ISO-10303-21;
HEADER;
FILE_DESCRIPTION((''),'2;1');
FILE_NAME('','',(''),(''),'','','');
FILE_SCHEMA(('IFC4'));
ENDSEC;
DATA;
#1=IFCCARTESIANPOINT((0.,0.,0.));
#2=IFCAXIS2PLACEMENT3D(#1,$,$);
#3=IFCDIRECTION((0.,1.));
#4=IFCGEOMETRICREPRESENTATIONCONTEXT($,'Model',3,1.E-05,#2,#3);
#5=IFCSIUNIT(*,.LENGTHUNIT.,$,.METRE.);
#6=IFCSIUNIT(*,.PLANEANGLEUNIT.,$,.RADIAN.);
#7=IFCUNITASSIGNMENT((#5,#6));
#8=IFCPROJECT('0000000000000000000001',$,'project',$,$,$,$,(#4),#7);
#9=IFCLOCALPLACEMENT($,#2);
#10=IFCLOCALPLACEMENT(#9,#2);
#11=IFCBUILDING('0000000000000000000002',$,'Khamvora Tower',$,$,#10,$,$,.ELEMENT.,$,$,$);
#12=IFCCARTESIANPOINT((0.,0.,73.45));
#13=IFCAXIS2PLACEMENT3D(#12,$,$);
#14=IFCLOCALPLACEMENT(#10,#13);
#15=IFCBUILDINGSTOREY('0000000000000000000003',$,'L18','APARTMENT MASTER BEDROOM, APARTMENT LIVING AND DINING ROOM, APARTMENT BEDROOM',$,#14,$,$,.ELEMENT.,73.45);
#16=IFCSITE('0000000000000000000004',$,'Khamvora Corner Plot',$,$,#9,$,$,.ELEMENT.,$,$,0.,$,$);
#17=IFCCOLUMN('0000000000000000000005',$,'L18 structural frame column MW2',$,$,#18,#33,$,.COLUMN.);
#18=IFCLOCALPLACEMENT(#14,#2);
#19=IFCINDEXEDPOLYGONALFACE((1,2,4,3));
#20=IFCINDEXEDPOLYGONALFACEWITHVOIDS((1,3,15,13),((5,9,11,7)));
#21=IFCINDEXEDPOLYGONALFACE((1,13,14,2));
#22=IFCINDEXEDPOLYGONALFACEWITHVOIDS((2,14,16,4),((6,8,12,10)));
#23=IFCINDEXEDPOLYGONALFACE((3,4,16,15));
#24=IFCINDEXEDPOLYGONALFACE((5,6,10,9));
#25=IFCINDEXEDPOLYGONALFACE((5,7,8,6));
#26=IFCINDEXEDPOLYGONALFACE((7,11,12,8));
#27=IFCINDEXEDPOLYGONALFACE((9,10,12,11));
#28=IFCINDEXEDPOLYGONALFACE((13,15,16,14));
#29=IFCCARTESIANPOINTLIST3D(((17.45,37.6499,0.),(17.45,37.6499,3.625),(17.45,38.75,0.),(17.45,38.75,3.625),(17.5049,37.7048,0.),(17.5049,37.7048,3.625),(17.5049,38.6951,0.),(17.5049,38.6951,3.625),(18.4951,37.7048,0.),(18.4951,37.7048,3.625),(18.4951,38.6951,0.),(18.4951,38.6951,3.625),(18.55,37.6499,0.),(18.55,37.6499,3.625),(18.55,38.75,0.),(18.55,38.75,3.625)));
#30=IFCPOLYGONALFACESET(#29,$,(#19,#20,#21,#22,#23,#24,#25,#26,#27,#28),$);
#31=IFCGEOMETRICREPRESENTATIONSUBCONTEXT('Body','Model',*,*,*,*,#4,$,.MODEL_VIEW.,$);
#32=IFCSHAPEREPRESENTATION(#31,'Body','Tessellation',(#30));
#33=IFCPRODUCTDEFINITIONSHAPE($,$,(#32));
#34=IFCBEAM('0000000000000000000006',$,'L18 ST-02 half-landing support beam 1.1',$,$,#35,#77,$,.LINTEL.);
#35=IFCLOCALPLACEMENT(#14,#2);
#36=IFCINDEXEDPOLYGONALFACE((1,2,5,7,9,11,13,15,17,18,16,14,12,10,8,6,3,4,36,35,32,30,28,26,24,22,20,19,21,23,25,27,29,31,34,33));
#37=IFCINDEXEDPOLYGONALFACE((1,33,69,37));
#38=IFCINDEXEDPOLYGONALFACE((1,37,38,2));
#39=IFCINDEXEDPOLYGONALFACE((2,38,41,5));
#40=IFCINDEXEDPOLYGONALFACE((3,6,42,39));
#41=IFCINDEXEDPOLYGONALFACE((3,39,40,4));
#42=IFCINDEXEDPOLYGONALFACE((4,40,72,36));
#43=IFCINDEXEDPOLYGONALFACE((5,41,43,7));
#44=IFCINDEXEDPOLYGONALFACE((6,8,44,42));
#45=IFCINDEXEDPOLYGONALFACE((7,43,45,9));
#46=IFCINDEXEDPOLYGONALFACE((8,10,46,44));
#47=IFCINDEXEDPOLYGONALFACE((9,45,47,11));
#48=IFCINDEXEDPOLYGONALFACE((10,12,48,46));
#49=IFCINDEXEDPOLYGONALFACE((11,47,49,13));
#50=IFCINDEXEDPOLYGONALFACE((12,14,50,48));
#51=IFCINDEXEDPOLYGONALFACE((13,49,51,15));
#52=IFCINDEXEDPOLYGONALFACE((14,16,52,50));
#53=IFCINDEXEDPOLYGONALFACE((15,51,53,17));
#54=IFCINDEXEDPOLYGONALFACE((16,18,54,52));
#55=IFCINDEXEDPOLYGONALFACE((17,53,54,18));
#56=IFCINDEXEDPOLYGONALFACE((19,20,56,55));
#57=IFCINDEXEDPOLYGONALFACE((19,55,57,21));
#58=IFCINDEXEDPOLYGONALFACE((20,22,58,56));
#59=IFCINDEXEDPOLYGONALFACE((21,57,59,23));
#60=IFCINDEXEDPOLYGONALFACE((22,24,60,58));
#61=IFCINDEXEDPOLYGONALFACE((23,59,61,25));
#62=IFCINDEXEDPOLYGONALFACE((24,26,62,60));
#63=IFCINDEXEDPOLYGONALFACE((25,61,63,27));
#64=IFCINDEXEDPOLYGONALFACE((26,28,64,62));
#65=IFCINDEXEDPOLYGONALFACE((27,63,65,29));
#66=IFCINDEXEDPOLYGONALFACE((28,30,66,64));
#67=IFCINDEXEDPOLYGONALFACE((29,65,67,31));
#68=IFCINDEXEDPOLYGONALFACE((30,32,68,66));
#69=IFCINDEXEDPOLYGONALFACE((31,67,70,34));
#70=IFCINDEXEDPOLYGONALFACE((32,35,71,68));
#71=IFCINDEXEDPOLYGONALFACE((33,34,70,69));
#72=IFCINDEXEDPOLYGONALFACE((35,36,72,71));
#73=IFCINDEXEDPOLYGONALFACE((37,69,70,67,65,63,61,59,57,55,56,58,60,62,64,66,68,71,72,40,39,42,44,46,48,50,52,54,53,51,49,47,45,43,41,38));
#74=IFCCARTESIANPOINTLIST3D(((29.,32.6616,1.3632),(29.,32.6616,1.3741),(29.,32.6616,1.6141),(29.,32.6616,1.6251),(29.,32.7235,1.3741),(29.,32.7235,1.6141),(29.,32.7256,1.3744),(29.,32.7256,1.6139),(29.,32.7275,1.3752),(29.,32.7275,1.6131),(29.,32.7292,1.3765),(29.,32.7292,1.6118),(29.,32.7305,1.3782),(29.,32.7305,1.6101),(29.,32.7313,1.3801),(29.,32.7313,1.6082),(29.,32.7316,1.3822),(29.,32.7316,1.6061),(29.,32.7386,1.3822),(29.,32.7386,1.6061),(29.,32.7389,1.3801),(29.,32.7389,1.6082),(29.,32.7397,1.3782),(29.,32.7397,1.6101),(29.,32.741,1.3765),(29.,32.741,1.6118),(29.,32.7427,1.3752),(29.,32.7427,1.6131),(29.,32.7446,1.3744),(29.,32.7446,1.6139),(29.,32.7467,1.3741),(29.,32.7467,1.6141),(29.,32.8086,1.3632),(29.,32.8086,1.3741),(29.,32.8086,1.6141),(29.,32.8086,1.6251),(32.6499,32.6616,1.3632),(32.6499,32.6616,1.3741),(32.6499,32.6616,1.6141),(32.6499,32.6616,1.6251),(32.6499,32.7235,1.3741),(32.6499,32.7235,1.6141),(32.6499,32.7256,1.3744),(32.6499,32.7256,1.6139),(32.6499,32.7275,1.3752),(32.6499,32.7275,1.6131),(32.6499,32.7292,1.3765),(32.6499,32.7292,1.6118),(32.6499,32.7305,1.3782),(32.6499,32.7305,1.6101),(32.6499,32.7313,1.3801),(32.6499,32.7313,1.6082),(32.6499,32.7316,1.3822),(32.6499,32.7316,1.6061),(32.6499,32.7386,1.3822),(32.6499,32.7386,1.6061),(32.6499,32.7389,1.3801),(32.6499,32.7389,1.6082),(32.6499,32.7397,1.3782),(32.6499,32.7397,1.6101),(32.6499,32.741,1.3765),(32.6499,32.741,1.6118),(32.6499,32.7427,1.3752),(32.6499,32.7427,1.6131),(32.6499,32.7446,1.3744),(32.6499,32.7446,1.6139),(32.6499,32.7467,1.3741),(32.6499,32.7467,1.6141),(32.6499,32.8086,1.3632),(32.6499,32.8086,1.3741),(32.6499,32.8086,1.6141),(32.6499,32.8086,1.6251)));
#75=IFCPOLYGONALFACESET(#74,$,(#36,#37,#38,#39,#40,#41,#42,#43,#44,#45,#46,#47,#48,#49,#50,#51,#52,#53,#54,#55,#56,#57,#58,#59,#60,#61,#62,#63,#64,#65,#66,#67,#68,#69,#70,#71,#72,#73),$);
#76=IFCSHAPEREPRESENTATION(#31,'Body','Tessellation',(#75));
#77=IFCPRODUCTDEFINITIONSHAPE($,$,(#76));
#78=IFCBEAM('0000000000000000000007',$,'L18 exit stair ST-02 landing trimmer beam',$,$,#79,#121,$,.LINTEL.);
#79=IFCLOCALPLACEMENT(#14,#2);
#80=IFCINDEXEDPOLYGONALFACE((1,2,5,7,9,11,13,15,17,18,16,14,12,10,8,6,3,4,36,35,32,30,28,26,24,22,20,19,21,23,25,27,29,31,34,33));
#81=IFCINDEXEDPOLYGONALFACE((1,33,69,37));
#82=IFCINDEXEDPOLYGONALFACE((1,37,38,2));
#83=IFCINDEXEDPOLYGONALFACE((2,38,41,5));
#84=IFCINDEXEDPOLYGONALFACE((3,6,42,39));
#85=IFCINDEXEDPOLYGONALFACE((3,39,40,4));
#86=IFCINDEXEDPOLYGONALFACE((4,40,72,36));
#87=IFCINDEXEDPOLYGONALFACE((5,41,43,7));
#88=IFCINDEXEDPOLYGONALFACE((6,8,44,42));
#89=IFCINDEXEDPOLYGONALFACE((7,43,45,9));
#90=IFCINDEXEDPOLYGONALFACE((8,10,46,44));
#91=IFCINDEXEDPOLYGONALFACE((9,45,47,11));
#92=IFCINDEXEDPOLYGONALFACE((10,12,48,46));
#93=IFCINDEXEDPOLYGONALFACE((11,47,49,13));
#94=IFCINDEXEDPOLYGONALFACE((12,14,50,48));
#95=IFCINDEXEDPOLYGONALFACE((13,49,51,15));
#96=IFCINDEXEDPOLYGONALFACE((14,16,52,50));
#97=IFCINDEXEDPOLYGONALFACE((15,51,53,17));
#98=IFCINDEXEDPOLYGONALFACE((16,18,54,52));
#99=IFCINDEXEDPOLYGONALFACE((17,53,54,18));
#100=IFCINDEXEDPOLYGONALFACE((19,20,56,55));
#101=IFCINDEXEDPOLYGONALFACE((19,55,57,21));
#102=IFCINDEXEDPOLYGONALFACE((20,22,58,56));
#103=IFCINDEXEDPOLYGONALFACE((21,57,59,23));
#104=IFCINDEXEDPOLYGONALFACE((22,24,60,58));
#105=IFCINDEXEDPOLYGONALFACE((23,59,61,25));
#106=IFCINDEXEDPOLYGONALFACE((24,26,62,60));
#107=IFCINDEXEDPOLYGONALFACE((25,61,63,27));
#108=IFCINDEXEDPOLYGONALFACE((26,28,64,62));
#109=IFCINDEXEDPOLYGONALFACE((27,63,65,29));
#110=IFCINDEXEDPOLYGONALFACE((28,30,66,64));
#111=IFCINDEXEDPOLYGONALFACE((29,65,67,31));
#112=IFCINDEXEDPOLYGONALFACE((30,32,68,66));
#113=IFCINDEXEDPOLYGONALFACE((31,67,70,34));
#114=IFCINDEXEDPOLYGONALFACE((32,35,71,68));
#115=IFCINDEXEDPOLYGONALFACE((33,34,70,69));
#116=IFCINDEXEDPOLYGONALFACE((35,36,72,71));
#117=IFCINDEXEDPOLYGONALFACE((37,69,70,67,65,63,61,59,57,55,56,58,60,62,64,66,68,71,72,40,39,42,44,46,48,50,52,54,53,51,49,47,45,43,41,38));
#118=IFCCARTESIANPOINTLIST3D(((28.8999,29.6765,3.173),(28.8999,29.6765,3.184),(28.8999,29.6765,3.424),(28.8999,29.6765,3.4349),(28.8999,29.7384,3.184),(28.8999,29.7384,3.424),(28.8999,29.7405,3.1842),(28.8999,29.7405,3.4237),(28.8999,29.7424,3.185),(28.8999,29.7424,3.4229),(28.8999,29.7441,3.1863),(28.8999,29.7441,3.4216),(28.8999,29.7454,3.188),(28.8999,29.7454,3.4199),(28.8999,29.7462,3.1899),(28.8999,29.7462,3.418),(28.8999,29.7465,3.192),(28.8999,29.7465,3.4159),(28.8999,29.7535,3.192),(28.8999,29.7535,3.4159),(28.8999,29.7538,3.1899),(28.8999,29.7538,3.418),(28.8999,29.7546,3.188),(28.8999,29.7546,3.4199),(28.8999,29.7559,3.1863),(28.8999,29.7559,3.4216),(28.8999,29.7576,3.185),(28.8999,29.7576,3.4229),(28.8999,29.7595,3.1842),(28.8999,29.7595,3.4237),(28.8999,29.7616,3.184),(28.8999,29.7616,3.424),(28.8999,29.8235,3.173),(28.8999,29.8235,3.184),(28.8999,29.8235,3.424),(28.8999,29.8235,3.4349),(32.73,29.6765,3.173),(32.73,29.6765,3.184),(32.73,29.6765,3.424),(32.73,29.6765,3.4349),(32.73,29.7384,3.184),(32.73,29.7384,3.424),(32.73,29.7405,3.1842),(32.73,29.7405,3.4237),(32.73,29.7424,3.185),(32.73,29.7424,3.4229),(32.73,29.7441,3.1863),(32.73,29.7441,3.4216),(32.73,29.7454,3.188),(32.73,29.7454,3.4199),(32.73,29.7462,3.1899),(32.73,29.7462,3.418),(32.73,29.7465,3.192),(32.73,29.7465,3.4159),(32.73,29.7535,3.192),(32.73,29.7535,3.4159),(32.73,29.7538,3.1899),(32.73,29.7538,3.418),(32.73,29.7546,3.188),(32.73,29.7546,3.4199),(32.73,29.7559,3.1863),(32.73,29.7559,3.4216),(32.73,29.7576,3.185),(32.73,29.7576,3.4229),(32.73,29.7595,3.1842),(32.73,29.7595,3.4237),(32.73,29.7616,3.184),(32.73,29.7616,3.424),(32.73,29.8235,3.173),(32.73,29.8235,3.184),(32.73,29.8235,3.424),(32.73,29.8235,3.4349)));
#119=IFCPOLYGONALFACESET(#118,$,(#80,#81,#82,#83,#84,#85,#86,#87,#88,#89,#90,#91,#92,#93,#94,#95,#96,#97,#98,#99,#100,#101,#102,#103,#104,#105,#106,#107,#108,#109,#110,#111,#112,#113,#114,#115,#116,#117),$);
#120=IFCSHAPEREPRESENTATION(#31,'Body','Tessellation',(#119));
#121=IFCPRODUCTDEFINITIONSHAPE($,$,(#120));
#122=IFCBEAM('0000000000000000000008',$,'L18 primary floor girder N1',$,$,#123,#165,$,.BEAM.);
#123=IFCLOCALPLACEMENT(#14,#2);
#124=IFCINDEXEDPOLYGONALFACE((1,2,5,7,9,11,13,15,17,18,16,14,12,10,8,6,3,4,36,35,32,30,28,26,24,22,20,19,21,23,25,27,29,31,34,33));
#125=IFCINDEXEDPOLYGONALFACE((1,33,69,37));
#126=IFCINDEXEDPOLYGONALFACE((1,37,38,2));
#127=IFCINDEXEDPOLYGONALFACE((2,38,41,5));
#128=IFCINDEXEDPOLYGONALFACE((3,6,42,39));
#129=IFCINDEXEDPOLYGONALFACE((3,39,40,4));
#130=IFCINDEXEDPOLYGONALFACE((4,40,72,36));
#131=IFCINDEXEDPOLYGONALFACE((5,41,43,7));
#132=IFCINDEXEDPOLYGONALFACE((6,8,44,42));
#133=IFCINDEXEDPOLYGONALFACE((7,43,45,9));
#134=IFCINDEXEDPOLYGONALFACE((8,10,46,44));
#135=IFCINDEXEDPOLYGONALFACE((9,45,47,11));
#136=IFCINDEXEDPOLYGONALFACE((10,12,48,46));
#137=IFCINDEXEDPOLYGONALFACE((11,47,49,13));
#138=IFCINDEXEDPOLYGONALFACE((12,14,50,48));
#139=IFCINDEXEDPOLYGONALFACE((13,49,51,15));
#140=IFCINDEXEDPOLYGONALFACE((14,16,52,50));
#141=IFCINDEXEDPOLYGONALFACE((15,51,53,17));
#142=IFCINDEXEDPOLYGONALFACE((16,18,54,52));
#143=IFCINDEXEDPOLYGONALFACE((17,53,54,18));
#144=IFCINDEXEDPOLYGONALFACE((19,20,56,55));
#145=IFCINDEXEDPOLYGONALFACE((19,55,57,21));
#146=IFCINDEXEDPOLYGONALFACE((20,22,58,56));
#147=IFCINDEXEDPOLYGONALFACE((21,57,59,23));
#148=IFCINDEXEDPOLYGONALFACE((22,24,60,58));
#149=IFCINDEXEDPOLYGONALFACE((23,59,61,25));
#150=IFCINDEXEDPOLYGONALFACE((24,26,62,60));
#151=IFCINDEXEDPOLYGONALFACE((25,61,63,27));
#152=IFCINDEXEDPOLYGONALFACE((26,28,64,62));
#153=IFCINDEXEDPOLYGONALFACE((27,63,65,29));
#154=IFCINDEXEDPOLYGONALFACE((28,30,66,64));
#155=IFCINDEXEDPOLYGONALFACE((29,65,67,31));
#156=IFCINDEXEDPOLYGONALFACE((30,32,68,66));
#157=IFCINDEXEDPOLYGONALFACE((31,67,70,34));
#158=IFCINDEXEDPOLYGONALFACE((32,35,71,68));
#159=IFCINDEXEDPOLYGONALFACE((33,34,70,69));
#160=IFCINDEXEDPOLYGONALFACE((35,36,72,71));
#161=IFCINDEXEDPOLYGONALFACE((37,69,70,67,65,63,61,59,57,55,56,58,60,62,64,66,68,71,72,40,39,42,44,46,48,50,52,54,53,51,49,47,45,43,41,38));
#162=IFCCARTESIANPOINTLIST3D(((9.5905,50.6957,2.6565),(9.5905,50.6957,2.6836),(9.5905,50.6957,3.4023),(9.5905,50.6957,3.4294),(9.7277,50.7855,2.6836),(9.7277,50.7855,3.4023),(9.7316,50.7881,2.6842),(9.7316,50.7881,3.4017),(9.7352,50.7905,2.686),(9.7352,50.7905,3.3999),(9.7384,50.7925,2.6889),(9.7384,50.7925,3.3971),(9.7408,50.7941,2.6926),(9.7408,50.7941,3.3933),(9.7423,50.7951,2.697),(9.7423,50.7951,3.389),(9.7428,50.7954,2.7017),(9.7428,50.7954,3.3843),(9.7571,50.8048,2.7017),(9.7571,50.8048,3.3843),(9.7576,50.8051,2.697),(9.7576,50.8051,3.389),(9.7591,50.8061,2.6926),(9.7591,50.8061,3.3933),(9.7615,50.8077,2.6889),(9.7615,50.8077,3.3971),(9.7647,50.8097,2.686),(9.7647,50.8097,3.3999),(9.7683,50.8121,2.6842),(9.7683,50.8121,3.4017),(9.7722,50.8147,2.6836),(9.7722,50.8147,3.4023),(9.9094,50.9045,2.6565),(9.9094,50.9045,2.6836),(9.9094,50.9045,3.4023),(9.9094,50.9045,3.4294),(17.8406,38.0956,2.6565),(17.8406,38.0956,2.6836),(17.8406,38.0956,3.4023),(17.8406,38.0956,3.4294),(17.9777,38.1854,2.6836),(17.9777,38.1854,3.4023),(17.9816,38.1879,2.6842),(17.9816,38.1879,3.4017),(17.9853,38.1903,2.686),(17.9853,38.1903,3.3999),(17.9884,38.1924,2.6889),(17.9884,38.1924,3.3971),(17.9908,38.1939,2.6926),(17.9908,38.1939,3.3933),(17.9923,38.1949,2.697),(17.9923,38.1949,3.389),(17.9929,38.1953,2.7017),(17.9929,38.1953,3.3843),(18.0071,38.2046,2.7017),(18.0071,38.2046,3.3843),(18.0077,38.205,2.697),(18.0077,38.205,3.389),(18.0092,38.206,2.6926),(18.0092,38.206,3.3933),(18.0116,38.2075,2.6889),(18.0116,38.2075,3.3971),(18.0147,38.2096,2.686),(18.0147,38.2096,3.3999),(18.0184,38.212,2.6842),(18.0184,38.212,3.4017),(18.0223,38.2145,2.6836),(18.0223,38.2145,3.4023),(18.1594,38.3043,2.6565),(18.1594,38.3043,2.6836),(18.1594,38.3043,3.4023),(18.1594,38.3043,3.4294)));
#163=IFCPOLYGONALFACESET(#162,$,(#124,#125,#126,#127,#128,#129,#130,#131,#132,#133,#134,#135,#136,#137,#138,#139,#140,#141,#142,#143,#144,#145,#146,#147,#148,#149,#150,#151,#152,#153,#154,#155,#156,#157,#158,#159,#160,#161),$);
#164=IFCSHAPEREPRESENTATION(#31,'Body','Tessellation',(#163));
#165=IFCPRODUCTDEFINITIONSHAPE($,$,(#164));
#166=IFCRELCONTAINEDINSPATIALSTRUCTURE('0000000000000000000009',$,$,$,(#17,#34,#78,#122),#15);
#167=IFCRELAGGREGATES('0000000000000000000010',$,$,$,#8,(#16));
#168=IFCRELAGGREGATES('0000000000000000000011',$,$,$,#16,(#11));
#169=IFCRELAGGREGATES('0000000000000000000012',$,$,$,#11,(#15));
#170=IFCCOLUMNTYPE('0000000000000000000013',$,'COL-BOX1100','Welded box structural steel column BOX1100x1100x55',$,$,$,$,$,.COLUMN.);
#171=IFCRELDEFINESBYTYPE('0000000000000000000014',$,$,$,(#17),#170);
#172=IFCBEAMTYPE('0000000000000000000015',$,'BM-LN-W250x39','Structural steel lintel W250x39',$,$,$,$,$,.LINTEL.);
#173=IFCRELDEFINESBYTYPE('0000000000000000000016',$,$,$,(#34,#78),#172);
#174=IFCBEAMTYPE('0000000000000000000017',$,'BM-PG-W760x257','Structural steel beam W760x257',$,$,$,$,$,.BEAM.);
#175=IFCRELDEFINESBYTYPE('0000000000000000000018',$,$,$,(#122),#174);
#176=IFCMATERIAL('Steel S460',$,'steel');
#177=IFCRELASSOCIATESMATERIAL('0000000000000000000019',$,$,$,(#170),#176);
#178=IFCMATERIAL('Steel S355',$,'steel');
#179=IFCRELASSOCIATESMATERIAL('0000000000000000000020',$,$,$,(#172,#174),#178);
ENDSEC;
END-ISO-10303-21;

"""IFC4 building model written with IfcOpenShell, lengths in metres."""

from ifc_helpers import new_model, si_unit, direction, frame, origin, origin_2d, place, context, subcontext, project, spatial, hollow_rectangle, i_section, extrude, material, material_profile, profile_set, type_object, element, save


model = new_model("IFC4")

# Units and contexts
model_context = context("Model", 3, precision=1e-05, world=origin(), true_north=direction((0.0, 1.0)))
body_context = subcontext(model_context, "Body", "Model", "MODEL_VIEW")
ifc_project = project(units=[si_unit("LENGTHUNIT", "METRE"), si_unit("PLANEANGLEUNIT", "RADIAN")], contexts=[model_context])

# Site, building, storey
site_placement = place(None, origin())
site = spatial("IfcSite", under=ifc_project, at=site_placement, Name="Khamvora Corner Plot", CompositionType="ELEMENT", RefElevation=0.0)
building_placement = place(site_placement, origin())
building = spatial("IfcBuilding", under=site, at=building_placement, Name="Khamvora Tower", CompositionType="ELEMENT")
storey_placement = place(building_placement, frame((0.0, 0.0, 73.45)))
storey = spatial("IfcBuildingStorey", under=building, at=storey_placement, Name="L18", Description="APARTMENT MASTER BEDROOM, APARTMENT LIVING AND DINING ROOM, APARTMENT BEDROOM", CompositionType="ELEMENT", Elevation=73.45)

# Column
ifc_material_1 = material(Name="Steel S460", Category="steel")
ifc_material_profile_1 = material_profile(ifc_material_1, hollow_rectangle(XDim=1.1001, YDim=1.1001, WallThickness=0.0549, at=origin_2d()), Name="BOX1100x1100x55")
ifc_profile_set_1 = profile_set([ifc_material_profile_1], Name="Steel S460")
column_type = type_object("IfcColumnType", Name="COL-BOX1100", Description="Welded box structural steel column BOX1100x1100x55", PredefinedType="COLUMN", material=ifc_profile_set_1)
column_placement = place(storey_placement, frame((18.0, 38.2, 0.0), z_axis=(0.0, 0.0, 1.0), x_axis=(1.0, 0.0, 0.0)))
element("IfcColumn", 1, at=column_placement, inside=storey, type_object=column_type, Name="L18 structural frame column MW2", PredefinedType="COLUMN", context=body_context, shape_type="SweptSolid", body=[
    extrude(hollow_rectangle(XDim=1.1001, YDim=1.1001, WallThickness=0.0549, at=origin_2d()), origin(), (0.0, 0.0, 1.0), 3.625),
])

# Beams
ifc_material_2 = material(Name="Steel S355", Category="steel")
ifc_material_profile_2 = material_profile(ifc_material_2, i_section(OverallWidth=0.147, OverallDepth=0.262, WebThickness=0.0071, FlangeThickness=0.011, FilletRadius=0.0081, at=origin_2d()), Name="W250x39")
ifc_profile_set_2 = profile_set([ifc_material_profile_2], Name="Steel S355")
beam_type_1 = type_object("IfcBeamType", Name="BM-LN-W250x39", Description="Structural steel lintel W250x39", PredefinedType="LINTEL", material=ifc_profile_set_2)
beam_1_placement = place(storey_placement, frame((29.0, 32.7351, 1.4941), z_axis=(1.0, 0.0, 0.0), x_axis=(0.0, 1.0, 0.0)))
element("IfcBeam", 2, at=beam_1_placement, inside=storey, type_object=beam_type_1, Name="L18 ST-02 half-landing support beam 1.1", PredefinedType="LINTEL", context=body_context, shape_type="SweptSolid", body=[
    extrude(i_section(OverallWidth=0.147, OverallDepth=0.262, WebThickness=0.0071, FlangeThickness=0.011, FilletRadius=0.0081, at=origin_2d()), origin(), (0.0, 0.0, 1.0), 3.6499),
])
beam_2_placement = place(storey_placement, frame((28.8999, 29.75, 3.304), z_axis=(1.0, 0.0, 0.0), x_axis=(0.0, 1.0, 0.0)))
element("IfcBeam", 3, at=beam_2_placement, inside=storey, type_object=beam_type_1, Name="L18 exit stair ST-02 landing trimmer beam", PredefinedType="LINTEL", context=body_context, shape_type="SweptSolid", body=[
    extrude(i_section(OverallWidth=0.147, OverallDepth=0.262, WebThickness=0.0071, FlangeThickness=0.011, FilletRadius=0.0081, at=origin_2d()), origin(), (0.0, 0.0, 1.0), 3.8301),
])
ifc_material_profile_3 = material_profile(ifc_material_2, i_section(OverallWidth=0.3811, OverallDepth=0.7729, WebThickness=0.0171, FlangeThickness=0.0271, FilletRadius=0.0181, at=origin_2d()), Name="W760x257")
ifc_profile_set_3 = profile_set([ifc_material_profile_3], Name="Steel S355")
beam_type_2 = type_object("IfcBeamType", Name="BM-PG-W760x257", Description="Structural steel beam W760x257", PredefinedType="BEAM", material=ifc_profile_set_3)
beam_3_placement = place(storey_placement, frame((18.0, 38.2, 3.043), z_axis=(-0.547783, 0.83662, 0.0), x_axis=(-0.83662, -0.547783, 0.0)))
element("IfcBeam", 4, at=beam_3_placement, inside=storey, type_object=beam_type_2, Name="L18 primary floor girder N1", PredefinedType="BEAM", context=body_context, shape_type="SweptSolid", body=[
    extrude(i_section(OverallWidth=0.3811, OverallDepth=0.7729, WebThickness=0.0171, FlangeThickness=0.0271, FilletRadius=0.0181, at=origin_2d()), origin(), (0.0, 0.0, 1.0), 15.0608),
])

save(model, "model.ifc")
